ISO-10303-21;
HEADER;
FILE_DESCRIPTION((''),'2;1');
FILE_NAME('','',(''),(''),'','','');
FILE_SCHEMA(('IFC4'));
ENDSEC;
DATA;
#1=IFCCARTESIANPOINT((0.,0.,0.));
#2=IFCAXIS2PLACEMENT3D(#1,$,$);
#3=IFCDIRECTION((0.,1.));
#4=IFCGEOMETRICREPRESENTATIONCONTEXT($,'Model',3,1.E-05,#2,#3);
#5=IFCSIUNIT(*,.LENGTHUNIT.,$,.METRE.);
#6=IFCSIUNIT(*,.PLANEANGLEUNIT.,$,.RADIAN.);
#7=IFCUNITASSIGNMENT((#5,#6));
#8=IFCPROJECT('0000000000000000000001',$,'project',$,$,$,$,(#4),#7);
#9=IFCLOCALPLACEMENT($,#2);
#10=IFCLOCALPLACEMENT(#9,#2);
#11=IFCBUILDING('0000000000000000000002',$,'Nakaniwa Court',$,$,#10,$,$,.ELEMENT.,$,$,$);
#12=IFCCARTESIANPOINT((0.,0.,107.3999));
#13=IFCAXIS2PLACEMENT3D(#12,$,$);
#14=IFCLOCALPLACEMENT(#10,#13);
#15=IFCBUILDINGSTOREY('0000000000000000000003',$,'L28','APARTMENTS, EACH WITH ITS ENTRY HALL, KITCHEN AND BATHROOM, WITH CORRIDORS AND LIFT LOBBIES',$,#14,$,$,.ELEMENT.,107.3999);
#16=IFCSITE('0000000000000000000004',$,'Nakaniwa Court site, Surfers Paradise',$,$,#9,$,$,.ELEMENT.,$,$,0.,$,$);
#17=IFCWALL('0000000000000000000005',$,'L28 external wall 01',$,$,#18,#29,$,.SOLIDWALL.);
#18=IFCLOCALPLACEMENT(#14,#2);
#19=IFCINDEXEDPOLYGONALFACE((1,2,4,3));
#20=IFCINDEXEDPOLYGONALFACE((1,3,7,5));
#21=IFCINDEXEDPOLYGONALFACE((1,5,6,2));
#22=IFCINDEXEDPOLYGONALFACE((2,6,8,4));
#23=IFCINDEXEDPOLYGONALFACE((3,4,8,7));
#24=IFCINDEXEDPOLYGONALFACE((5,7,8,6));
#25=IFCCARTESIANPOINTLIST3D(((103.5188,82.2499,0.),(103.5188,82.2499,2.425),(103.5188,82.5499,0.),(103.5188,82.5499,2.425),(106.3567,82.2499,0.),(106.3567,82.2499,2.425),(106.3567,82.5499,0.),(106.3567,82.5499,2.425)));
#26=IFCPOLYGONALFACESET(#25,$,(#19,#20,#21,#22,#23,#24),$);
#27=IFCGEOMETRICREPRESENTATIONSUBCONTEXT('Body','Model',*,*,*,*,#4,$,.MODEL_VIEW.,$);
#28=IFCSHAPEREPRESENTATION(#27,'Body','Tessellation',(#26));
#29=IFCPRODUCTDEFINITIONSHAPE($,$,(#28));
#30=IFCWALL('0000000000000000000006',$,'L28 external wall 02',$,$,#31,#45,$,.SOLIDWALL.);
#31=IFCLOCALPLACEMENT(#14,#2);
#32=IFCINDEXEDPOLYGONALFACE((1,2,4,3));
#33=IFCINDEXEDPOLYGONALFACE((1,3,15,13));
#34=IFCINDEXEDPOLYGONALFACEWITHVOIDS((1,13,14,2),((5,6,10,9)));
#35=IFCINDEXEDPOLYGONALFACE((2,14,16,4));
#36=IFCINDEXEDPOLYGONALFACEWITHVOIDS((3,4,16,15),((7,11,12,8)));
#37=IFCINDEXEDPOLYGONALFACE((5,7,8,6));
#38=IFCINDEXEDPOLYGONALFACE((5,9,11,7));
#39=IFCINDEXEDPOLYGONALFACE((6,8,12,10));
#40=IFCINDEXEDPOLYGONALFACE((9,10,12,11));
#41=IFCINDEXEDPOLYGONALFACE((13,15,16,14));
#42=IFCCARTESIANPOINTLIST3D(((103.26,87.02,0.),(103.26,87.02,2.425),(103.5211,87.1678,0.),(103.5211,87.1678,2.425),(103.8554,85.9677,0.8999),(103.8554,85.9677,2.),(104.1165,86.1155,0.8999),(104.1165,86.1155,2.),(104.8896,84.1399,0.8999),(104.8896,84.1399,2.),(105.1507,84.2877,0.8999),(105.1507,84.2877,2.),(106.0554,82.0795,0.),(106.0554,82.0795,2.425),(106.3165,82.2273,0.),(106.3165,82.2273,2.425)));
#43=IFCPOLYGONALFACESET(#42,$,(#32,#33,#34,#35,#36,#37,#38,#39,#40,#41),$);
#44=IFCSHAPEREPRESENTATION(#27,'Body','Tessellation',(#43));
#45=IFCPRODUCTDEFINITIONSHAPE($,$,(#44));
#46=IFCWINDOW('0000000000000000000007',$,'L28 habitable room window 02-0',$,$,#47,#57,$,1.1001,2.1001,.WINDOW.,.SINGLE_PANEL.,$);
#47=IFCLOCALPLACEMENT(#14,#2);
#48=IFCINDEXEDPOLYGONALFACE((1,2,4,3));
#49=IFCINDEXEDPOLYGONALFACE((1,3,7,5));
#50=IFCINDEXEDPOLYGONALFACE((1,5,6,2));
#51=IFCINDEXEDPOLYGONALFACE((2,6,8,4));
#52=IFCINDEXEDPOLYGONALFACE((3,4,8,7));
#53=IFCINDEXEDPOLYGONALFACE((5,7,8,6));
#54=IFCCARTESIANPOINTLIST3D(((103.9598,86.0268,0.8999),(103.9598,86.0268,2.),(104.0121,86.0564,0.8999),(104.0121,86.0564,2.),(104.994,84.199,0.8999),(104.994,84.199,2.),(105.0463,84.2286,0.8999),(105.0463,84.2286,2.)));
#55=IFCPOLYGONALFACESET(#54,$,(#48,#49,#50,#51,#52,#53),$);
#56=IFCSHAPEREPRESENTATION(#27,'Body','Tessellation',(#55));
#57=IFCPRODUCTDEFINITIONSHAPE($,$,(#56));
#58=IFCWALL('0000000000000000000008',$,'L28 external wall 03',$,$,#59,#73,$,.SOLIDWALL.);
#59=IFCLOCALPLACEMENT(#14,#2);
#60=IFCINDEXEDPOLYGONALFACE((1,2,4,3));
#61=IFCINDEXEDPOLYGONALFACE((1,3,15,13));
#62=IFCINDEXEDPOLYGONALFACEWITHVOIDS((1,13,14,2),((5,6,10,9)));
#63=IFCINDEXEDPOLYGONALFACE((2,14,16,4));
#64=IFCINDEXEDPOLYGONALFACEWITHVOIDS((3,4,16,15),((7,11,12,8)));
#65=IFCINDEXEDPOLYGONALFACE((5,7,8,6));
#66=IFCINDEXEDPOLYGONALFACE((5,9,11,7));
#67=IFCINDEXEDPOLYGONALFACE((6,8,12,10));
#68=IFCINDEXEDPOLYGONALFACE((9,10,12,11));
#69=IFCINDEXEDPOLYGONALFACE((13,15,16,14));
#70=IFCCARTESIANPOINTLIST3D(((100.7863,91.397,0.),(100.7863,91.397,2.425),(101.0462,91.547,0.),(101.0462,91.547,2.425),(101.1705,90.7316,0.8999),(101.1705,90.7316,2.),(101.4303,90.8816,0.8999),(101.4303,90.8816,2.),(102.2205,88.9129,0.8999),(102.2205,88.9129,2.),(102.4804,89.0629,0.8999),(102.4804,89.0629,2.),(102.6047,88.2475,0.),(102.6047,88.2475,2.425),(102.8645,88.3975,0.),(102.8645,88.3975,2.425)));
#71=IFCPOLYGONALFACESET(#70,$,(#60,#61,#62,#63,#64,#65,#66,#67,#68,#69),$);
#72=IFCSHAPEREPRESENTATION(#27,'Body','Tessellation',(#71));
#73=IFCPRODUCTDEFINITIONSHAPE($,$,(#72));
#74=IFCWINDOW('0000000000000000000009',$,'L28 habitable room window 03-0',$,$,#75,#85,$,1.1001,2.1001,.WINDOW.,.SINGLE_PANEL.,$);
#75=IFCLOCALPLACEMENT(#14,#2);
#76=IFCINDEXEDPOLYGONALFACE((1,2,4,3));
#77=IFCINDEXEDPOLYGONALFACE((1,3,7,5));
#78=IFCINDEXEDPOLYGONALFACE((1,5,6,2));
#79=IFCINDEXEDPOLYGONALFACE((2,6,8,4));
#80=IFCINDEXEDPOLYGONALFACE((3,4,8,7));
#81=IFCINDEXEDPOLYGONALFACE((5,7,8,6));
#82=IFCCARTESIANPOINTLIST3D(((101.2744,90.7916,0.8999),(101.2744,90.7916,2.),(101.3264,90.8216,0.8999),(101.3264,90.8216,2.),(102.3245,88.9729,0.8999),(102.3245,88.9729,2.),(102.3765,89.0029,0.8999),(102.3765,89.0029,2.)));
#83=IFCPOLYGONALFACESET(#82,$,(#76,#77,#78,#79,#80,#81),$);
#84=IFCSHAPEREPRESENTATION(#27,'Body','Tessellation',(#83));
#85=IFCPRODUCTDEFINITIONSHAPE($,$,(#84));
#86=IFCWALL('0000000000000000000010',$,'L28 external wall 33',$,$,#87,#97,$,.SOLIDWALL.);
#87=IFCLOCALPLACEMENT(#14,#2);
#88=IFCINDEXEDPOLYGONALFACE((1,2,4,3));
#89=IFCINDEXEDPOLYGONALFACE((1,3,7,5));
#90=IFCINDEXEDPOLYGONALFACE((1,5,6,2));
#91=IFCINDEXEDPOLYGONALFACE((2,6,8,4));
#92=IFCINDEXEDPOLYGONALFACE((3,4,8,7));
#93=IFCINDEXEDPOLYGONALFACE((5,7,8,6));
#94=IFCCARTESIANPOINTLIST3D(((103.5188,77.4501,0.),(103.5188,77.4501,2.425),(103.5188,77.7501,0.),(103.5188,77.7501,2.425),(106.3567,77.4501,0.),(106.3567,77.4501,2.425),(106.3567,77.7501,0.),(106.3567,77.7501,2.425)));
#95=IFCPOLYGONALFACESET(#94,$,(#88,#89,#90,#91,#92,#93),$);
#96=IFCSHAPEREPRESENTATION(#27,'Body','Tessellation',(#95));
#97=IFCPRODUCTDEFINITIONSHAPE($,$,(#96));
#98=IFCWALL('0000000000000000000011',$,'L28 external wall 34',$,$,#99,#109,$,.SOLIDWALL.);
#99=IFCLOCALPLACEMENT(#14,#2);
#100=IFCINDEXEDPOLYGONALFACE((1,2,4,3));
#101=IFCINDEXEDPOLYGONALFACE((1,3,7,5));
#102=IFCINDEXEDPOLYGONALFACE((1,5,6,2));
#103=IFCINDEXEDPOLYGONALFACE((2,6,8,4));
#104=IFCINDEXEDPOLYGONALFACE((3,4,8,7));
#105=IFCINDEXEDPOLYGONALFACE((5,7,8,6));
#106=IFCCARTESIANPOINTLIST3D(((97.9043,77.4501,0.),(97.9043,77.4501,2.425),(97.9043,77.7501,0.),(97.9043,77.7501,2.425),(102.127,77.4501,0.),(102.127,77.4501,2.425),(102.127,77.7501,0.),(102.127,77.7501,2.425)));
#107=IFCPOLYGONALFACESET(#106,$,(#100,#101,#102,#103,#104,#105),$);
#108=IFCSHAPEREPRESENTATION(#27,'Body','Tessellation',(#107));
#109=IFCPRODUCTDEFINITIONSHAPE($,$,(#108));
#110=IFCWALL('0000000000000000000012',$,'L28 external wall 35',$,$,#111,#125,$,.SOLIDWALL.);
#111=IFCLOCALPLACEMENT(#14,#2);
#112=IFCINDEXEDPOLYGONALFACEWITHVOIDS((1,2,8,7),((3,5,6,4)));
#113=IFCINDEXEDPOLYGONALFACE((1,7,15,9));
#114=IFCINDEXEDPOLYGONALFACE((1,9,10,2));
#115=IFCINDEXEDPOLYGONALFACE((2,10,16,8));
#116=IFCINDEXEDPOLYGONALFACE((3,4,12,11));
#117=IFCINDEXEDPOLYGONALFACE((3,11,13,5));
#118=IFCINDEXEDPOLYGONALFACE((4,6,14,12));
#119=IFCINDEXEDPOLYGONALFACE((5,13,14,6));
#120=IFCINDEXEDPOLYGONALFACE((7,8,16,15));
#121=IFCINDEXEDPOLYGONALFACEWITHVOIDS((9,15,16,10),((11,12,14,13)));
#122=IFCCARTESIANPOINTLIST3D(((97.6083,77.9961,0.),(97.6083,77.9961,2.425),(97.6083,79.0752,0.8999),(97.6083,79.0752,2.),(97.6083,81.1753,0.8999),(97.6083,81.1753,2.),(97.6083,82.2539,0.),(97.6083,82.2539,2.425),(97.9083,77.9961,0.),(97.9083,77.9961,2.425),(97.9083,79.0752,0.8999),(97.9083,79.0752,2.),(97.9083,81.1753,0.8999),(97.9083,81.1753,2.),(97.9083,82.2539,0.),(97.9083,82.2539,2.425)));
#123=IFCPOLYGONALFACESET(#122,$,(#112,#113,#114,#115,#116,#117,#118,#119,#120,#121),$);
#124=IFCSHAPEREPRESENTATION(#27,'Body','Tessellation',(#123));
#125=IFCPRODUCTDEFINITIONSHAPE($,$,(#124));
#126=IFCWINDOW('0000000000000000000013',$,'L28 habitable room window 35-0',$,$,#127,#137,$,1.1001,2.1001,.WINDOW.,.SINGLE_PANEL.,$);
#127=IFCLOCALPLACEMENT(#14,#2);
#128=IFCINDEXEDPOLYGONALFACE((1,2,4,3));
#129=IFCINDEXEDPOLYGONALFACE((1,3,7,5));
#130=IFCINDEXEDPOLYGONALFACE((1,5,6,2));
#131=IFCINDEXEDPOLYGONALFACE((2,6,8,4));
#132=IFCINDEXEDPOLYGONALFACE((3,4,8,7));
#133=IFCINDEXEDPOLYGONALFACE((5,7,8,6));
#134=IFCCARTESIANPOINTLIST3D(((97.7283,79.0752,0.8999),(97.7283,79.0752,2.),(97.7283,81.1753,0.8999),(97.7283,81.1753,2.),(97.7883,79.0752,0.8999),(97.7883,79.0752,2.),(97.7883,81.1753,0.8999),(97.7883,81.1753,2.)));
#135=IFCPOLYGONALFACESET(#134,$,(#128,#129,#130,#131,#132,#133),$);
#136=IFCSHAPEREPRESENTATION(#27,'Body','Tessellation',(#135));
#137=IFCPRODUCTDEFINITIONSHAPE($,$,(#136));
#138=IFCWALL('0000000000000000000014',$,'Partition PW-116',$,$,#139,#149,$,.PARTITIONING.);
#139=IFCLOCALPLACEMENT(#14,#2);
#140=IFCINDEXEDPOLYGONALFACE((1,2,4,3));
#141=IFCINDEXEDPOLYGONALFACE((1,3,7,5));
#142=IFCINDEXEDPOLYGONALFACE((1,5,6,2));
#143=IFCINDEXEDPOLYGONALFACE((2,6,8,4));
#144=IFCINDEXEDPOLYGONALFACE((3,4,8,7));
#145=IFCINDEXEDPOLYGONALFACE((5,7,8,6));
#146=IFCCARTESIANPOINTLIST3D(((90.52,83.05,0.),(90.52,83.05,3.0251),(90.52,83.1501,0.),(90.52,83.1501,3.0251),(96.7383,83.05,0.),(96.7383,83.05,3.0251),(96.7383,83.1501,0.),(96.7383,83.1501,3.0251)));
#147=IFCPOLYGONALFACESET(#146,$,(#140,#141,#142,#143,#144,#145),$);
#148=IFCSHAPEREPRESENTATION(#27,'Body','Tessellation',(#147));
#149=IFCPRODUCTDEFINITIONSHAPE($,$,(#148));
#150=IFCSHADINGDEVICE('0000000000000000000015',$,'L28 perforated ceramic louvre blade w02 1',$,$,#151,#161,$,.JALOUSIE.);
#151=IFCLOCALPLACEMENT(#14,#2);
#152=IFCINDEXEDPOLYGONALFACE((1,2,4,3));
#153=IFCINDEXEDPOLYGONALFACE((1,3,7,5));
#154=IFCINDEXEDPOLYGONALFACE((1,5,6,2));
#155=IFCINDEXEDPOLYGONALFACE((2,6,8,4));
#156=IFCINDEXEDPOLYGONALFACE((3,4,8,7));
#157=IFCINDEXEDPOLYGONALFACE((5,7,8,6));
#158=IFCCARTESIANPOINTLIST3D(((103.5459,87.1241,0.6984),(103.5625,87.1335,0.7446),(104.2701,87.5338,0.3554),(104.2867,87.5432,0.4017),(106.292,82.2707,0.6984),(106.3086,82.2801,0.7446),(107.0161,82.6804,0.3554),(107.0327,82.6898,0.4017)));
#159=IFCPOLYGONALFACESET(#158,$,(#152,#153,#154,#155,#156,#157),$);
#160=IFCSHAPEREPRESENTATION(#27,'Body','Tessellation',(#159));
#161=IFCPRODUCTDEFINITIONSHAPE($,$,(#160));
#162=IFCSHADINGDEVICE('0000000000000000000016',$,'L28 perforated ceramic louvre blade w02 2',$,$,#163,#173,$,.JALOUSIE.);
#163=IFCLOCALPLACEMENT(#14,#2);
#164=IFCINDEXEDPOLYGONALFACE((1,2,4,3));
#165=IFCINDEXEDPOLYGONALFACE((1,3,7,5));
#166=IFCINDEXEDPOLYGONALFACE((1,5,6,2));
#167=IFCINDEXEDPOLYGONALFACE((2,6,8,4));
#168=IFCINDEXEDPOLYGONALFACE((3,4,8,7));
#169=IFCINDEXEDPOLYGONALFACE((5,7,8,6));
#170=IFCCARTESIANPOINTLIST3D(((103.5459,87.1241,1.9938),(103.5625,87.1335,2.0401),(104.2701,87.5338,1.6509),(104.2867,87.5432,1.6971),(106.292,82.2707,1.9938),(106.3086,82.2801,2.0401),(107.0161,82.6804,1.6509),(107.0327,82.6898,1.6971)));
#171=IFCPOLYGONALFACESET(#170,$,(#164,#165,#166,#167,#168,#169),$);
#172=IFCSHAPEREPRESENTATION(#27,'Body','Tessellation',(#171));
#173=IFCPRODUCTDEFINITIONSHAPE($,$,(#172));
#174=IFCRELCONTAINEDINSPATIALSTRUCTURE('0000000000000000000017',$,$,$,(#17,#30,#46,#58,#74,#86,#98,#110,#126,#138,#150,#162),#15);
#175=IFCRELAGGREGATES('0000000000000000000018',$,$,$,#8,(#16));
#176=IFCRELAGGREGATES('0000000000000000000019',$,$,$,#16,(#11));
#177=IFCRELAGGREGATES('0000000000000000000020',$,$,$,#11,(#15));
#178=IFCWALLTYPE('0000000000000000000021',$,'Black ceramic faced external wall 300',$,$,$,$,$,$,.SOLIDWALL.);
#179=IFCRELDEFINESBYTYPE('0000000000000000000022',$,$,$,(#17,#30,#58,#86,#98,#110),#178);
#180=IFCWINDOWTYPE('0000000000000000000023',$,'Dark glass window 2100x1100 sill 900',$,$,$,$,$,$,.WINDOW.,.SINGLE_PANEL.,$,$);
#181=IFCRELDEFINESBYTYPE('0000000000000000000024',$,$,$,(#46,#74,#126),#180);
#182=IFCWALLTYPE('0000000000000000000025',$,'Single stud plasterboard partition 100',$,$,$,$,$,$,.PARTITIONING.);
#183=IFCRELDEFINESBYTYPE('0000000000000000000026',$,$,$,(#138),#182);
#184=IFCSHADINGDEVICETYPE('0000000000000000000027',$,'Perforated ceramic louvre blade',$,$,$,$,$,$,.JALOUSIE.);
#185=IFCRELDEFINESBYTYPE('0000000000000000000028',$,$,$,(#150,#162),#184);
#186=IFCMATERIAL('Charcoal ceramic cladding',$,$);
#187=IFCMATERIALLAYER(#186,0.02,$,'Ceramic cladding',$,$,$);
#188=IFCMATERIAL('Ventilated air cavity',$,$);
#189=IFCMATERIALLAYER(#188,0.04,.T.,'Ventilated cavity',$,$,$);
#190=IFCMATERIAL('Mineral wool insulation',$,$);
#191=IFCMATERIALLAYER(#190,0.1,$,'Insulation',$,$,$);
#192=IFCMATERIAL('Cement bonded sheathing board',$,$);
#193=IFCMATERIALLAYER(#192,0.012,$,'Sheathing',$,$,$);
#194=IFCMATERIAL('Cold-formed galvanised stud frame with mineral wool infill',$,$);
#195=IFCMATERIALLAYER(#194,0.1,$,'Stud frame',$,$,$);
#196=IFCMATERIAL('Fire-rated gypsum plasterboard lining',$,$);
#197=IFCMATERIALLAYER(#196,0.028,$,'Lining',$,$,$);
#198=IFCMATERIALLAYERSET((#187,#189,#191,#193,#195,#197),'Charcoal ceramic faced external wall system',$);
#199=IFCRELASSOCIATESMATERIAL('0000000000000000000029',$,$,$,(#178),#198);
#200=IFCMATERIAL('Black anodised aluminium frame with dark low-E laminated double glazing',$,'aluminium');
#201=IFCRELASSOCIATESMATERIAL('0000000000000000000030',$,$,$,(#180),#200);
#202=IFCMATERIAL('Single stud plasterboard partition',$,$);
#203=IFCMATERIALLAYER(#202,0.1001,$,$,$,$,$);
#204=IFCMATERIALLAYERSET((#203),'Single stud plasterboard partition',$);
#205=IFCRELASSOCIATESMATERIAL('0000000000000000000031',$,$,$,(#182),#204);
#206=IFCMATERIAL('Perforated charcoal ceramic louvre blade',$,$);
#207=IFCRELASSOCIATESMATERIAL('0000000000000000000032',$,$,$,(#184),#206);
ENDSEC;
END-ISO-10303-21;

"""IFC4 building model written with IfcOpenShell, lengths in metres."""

from ifc_helpers import new_model, si_unit, direction, frame, frame_2d, origin, origin_2d, place, context, subcontext, project, spatial, rectangle, extrude, material, layer, layer_set, material_profile, profile_set, type_object, element, fill, save


model = new_model("IFC4")

# Units and contexts
model_context = context("Model", 3, precision=1e-05, world=origin(), true_north=direction((0.0, 1.0)))
body_context = subcontext(model_context, "Body", "Model", "MODEL_VIEW")
ifc_project = project(units=[si_unit("LENGTHUNIT", "METRE"), si_unit("PLANEANGLEUNIT", "RADIAN")], contexts=[model_context])

# Site, building, storey
site_placement = place(None, origin())
site = spatial("IfcSite", under=ifc_project, at=site_placement, Name="Nakaniwa Court site, Surfers Paradise", CompositionType="ELEMENT", RefElevation=0.0)
building_placement = place(site_placement, origin())
building = spatial("IfcBuilding", under=site, at=building_placement, Name="Nakaniwa Court", CompositionType="ELEMENT")
storey_placement = place(building_placement, frame((0.0, 0.0, 107.3999)))
storey = spatial("IfcBuildingStorey", under=building, at=storey_placement, Name="L28", Description="APARTMENTS, EACH WITH ITS ENTRY HALL, KITCHEN AND BATHROOM, WITH CORRIDORS AND LIFT LOBBIES", CompositionType="ELEMENT", Elevation=107.3999)

# Wall
ifc_material_1 = material(Name="Charcoal ceramic cladding")
ifc_layer_1 = layer(ifc_material_1, 0.02, Name="Ceramic cladding")
ifc_material_2 = material(Name="Ventilated air cavity")
ifc_layer_2 = layer(ifc_material_2, 0.04, ventilated=True, Name="Ventilated cavity")
ifc_material_3 = material(Name="Mineral wool insulation")
ifc_layer_3 = layer(ifc_material_3, 0.1, Name="Insulation")
ifc_material_4 = material(Name="Cement bonded sheathing board")
ifc_layer_4 = layer(ifc_material_4, 0.012, Name="Sheathing")
ifc_material_5 = material(Name="Cold-formed galvanised stud frame with mineral wool infill")
ifc_layer_5 = layer(ifc_material_5, 0.1, Name="Stud frame")
ifc_material_6 = material(Name="Fire-rated gypsum plasterboard lining")
ifc_layer_6 = layer(ifc_material_6, 0.028, Name="Lining")
ifc_layer_set_1 = layer_set([ifc_layer_1, ifc_layer_2, ifc_layer_3, ifc_layer_4, ifc_layer_5, ifc_layer_6], Name="Charcoal ceramic faced external wall system")
wall_type_1 = type_object("IfcWallType", Name="Black ceramic faced external wall 300", PredefinedType="SOLIDWALL", material=ifc_layer_set_1)
wall_1_placement = place(storey_placement, frame((103.5188, 82.3999, 0.0), z_axis=(0.0, 0.0, 1.0), x_axis=(1.0, 0.0, 0.0)))
element("IfcWall", 1, at=wall_1_placement, inside=storey, type_object=wall_type_1, Name="L28 external wall 01", PredefinedType="SOLIDWALL", context=body_context, shape_type="SweptSolid", body=[
    extrude(rectangle(XDim=2.8379, YDim=0.3, at=frame_2d((1.4189, 0.0))), origin(), (0.0, 0.0, 1.0), 2.425),
])

# Walls, openings, windows
wall_2_placement = place(storey_placement, frame((106.186, 82.1533, 0.0), z_axis=(0.0, 0.0, 1.0), x_axis=(-0.492457, 0.870337, 0.0)))
wall_2 = element("IfcWall", 2, at=wall_2_placement, inside=storey, type_object=wall_type_1, Name="L28 external wall 02", PredefinedType="SOLIDWALL", context=body_context, shape_type="SweptSolid", body=[
    extrude(rectangle(XDim=5.6765, YDim=0.3, at=frame_2d((2.8384, 0.0))), origin(), (0.0, 0.0, 1.0), 2.425),
])
opening_1_placement = place(wall_2_placement, frame((2.3674, 0.0, 0.8999)))
opening_1 = element("IfcOpeningElement", 3, at=opening_1_placement, cuts=wall_2, PredefinedType="OPENING", context=body_context, shape_type="SweptSolid", body=[
    extrude(rectangle(XDim=2.1001, YDim=1.1001, at=frame_2d((1.05, 0.55))), frame((0.0, 0.1599, 0.0), z_axis=(0.0, -1.0, 0.0), x_axis=(1.0, 0.0, 0.0)), (0.0, 0.0, 1.0), 0.3201),
])
ifc_material_7 = material(Name="Black anodised aluminium frame with dark low-E laminated double glazing", Category="aluminium")
window_type = type_object("IfcWindowType", Name="Dark glass window 2100x1100 sill 900", PartitioningType="SINGLE_PANEL", PredefinedType="WINDOW", material=ifc_material_7)
window_1_placement = place(opening_1_placement, origin())
window_1 = element("IfcWindow", 4, at=window_1_placement, inside=storey, type_object=window_type, Name="L28 habitable room window 02-0", OverallHeight=1.1001, OverallWidth=2.1001, PartitioningType="SINGLE_PANEL", PredefinedType="WINDOW", context=body_context, shape_type="SweptSolid", body=[
    extrude(rectangle(XDim=2.1001, YDim=1.1001, at=frame_2d((1.05, 0.55))), frame((0.0, 0.03, 0.0), z_axis=(0.0, -1.0, 0.0), x_axis=(1.0, 0.0, 0.0)), (0.0, 0.0, 1.0), 0.0601),
])
fill(opening_1, window_1)
wall_3_placement = place(storey_placement, frame((102.7346, 88.3225, 0.0), z_axis=(0.0, 0.0, 1.0), x_axis=(-0.500009, 0.86602, 0.0)))
wall_3 = element("IfcWall", 5, at=wall_3_placement, inside=storey, type_object=wall_type_1, Name="L28 external wall 03", PredefinedType="SOLIDWALL", context=body_context, shape_type="SweptSolid", body=[
    extrude(rectangle(XDim=3.6367, YDim=0.3, at=frame_2d((1.8184, 0.0))), origin(), (0.0, 0.0, 1.0), 2.425),
])
opening_2_placement = place(wall_3_placement, frame((0.7683, 0.0, 0.8999)))
opening_2 = element("IfcOpeningElement", 6, at=opening_2_placement, cuts=wall_3, PredefinedType="OPENING", context=body_context, shape_type="SweptSolid", body=[
    extrude(rectangle(XDim=2.1001, YDim=1.1001, at=frame_2d((1.05, 0.55))), frame((0.0, 0.1599, 0.0), z_axis=(0.0, -1.0, 0.0), x_axis=(1.0, 0.0, 0.0)), (0.0, 0.0, 1.0), 0.3201),
])
window_2_placement = place(opening_2_placement, origin())
window_2 = element("IfcWindow", 7, at=window_2_placement, inside=storey, type_object=window_type, Name="L28 habitable room window 03-0", OverallHeight=1.1001, OverallWidth=2.1001, PartitioningType="SINGLE_PANEL", PredefinedType="WINDOW", context=body_context, shape_type="SweptSolid", body=[
    extrude(rectangle(XDim=2.1001, YDim=1.1001, at=frame_2d((1.05, 0.55))), frame((0.0, 0.03, 0.0), z_axis=(0.0, -1.0, 0.0), x_axis=(1.0, 0.0, 0.0)), (0.0, 0.0, 1.0), 0.0601),
])
fill(opening_2, window_2)

# Walls
wall_4_placement = place(storey_placement, frame((106.3567, 77.6001, 0.0), z_axis=(0.0, 0.0, 1.0), x_axis=(-1.0, 0.0, 0.0)))
element("IfcWall", 8, at=wall_4_placement, inside=storey, type_object=wall_type_1, Name="L28 external wall 33", PredefinedType="SOLIDWALL", context=body_context, shape_type="SweptSolid", body=[
    extrude(rectangle(XDim=2.8379, YDim=0.3, at=frame_2d((1.4189, 0.0))), origin(), (0.0, 0.0, 1.0), 2.425),
])
wall_5_placement = place(storey_placement, frame((102.127, 77.6001, 0.0), z_axis=(0.0, 0.0, 1.0), x_axis=(-1.0, 0.0, 0.0)))
element("IfcWall", 9, at=wall_5_placement, inside=storey, type_object=wall_type_1, Name="L28 external wall 34", PredefinedType="SOLIDWALL", context=body_context, shape_type="SweptSolid", body=[
    extrude(rectangle(XDim=4.2227, YDim=0.3, at=frame_2d((2.1113, 0.0))), origin(), (0.0, 0.0, 1.0), 2.425),
])

# Wall, opening, window
wall_6_placement = place(storey_placement, frame((97.7583, 77.9961, 0.0), z_axis=(0.0, 0.0, 1.0), x_axis=(0.0, 1.0, 0.0)))
wall_6 = element("IfcWall", 10, at=wall_6_placement, inside=storey, type_object=wall_type_1, Name="L28 external wall 35", PredefinedType="SOLIDWALL", context=body_context, shape_type="SweptSolid", body=[
    extrude(rectangle(XDim=4.2578, YDim=0.3, at=frame_2d((2.1289, 0.0))), origin(), (0.0, 0.0, 1.0), 2.425),
])
opening_3_placement = place(wall_6_placement, frame((1.0791, 0.0, 0.8999)))
opening_3 = element("IfcOpeningElement", 11, at=opening_3_placement, cuts=wall_6, PredefinedType="OPENING", context=body_context, shape_type="SweptSolid", body=[
    extrude(rectangle(XDim=2.1001, YDim=1.1001, at=frame_2d((1.05, 0.55))), frame((0.0, 0.1599, 0.0), z_axis=(0.0, -1.0, 0.0), x_axis=(1.0, 0.0, 0.0)), (0.0, 0.0, 1.0), 0.3201),
])
window_3_placement = place(opening_3_placement, origin())
window_3 = element("IfcWindow", 12, at=window_3_placement, inside=storey, type_object=window_type, Name="L28 habitable room window 35-0", OverallHeight=1.1001, OverallWidth=2.1001, PartitioningType="SINGLE_PANEL", PredefinedType="WINDOW", context=body_context, shape_type="SweptSolid", body=[
    extrude(rectangle(XDim=2.1001, YDim=1.1001, at=frame_2d((1.05, 0.55))), frame((0.0, 0.03, 0.0), z_axis=(0.0, -1.0, 0.0), x_axis=(1.0, 0.0, 0.0)), (0.0, 0.0, 1.0), 0.0601),
])
fill(opening_3, window_3)

# Wall
ifc_material_8 = material(Name="Single stud plasterboard partition")
ifc_layer_7 = layer(ifc_material_8, 0.1001)
ifc_layer_set_2 = layer_set([ifc_layer_7], Name="Single stud plasterboard partition")
wall_type_2 = type_object("IfcWallType", Name="Single stud plasterboard partition 100", PredefinedType="PARTITIONING", material=ifc_layer_set_2)
wall_7_placement = place(storey_placement, frame((90.52, 83.1001, 0.0), z_axis=(0.0, 0.0, 1.0), x_axis=(1.0, 0.0, 0.0)))
element("IfcWall", 13, at=wall_7_placement, inside=storey, type_object=wall_type_2, Name="Partition PW-116", PredefinedType="PARTITIONING", context=body_context, shape_type="SweptSolid", body=[
    extrude(rectangle(XDim=6.2183, YDim=0.1001, at=frame_2d((3.1091, 0.0))), origin(), (0.0, 0.0, 1.0), 3.0251),
])

# Shading devices
ifc_material_9 = material(Name="Perforated charcoal ceramic louvre blade")
ifc_material_profile_1 = material_profile(ifc_material_9, rectangle(XDim=0.8999, YDim=0.05, at=origin_2d()), Name="Perforated ceramic louvre blade")
ifc_profile_set_1 = profile_set([ifc_material_profile_1], Name="Perforated charcoal ceramic louvre blade")
shading_device_type = type_object("IfcShadingDeviceType", Name="Perforated ceramic louvre blade", PredefinedType="JALOUSIE", material=ifc_profile_set_1)
for number, where, z_axis, x_axis, name in (
    (14, (106.6624, 82.4802, 0.55), (-0.492438, 0.870347, 0.0), (-0.804676, -0.455282, 0.38107), "L28 perforated ceramic louvre blade w02 1"),
    (15, (106.6624, 82.4802, 1.8455), (-0.492438, 0.870347, 0.0), (-0.804676, -0.455282, 0.38107), "L28 perforated ceramic louvre blade w02 2"),
):
    element("IfcShadingDevice", number, at=place(storey_placement, frame(where, z_axis=z_axis, x_axis=x_axis)), inside=storey, type_object=shading_device_type, Name=name, PredefinedType="JALOUSIE", context=body_context, shape_type="SweptSolid", body=[
        extrude(rectangle(XDim=0.8999, YDim=0.05, at=origin_2d()), origin(), (0.0, 0.0, 1.0), 5.5764),
    ])

save(model, "model.ifc")
